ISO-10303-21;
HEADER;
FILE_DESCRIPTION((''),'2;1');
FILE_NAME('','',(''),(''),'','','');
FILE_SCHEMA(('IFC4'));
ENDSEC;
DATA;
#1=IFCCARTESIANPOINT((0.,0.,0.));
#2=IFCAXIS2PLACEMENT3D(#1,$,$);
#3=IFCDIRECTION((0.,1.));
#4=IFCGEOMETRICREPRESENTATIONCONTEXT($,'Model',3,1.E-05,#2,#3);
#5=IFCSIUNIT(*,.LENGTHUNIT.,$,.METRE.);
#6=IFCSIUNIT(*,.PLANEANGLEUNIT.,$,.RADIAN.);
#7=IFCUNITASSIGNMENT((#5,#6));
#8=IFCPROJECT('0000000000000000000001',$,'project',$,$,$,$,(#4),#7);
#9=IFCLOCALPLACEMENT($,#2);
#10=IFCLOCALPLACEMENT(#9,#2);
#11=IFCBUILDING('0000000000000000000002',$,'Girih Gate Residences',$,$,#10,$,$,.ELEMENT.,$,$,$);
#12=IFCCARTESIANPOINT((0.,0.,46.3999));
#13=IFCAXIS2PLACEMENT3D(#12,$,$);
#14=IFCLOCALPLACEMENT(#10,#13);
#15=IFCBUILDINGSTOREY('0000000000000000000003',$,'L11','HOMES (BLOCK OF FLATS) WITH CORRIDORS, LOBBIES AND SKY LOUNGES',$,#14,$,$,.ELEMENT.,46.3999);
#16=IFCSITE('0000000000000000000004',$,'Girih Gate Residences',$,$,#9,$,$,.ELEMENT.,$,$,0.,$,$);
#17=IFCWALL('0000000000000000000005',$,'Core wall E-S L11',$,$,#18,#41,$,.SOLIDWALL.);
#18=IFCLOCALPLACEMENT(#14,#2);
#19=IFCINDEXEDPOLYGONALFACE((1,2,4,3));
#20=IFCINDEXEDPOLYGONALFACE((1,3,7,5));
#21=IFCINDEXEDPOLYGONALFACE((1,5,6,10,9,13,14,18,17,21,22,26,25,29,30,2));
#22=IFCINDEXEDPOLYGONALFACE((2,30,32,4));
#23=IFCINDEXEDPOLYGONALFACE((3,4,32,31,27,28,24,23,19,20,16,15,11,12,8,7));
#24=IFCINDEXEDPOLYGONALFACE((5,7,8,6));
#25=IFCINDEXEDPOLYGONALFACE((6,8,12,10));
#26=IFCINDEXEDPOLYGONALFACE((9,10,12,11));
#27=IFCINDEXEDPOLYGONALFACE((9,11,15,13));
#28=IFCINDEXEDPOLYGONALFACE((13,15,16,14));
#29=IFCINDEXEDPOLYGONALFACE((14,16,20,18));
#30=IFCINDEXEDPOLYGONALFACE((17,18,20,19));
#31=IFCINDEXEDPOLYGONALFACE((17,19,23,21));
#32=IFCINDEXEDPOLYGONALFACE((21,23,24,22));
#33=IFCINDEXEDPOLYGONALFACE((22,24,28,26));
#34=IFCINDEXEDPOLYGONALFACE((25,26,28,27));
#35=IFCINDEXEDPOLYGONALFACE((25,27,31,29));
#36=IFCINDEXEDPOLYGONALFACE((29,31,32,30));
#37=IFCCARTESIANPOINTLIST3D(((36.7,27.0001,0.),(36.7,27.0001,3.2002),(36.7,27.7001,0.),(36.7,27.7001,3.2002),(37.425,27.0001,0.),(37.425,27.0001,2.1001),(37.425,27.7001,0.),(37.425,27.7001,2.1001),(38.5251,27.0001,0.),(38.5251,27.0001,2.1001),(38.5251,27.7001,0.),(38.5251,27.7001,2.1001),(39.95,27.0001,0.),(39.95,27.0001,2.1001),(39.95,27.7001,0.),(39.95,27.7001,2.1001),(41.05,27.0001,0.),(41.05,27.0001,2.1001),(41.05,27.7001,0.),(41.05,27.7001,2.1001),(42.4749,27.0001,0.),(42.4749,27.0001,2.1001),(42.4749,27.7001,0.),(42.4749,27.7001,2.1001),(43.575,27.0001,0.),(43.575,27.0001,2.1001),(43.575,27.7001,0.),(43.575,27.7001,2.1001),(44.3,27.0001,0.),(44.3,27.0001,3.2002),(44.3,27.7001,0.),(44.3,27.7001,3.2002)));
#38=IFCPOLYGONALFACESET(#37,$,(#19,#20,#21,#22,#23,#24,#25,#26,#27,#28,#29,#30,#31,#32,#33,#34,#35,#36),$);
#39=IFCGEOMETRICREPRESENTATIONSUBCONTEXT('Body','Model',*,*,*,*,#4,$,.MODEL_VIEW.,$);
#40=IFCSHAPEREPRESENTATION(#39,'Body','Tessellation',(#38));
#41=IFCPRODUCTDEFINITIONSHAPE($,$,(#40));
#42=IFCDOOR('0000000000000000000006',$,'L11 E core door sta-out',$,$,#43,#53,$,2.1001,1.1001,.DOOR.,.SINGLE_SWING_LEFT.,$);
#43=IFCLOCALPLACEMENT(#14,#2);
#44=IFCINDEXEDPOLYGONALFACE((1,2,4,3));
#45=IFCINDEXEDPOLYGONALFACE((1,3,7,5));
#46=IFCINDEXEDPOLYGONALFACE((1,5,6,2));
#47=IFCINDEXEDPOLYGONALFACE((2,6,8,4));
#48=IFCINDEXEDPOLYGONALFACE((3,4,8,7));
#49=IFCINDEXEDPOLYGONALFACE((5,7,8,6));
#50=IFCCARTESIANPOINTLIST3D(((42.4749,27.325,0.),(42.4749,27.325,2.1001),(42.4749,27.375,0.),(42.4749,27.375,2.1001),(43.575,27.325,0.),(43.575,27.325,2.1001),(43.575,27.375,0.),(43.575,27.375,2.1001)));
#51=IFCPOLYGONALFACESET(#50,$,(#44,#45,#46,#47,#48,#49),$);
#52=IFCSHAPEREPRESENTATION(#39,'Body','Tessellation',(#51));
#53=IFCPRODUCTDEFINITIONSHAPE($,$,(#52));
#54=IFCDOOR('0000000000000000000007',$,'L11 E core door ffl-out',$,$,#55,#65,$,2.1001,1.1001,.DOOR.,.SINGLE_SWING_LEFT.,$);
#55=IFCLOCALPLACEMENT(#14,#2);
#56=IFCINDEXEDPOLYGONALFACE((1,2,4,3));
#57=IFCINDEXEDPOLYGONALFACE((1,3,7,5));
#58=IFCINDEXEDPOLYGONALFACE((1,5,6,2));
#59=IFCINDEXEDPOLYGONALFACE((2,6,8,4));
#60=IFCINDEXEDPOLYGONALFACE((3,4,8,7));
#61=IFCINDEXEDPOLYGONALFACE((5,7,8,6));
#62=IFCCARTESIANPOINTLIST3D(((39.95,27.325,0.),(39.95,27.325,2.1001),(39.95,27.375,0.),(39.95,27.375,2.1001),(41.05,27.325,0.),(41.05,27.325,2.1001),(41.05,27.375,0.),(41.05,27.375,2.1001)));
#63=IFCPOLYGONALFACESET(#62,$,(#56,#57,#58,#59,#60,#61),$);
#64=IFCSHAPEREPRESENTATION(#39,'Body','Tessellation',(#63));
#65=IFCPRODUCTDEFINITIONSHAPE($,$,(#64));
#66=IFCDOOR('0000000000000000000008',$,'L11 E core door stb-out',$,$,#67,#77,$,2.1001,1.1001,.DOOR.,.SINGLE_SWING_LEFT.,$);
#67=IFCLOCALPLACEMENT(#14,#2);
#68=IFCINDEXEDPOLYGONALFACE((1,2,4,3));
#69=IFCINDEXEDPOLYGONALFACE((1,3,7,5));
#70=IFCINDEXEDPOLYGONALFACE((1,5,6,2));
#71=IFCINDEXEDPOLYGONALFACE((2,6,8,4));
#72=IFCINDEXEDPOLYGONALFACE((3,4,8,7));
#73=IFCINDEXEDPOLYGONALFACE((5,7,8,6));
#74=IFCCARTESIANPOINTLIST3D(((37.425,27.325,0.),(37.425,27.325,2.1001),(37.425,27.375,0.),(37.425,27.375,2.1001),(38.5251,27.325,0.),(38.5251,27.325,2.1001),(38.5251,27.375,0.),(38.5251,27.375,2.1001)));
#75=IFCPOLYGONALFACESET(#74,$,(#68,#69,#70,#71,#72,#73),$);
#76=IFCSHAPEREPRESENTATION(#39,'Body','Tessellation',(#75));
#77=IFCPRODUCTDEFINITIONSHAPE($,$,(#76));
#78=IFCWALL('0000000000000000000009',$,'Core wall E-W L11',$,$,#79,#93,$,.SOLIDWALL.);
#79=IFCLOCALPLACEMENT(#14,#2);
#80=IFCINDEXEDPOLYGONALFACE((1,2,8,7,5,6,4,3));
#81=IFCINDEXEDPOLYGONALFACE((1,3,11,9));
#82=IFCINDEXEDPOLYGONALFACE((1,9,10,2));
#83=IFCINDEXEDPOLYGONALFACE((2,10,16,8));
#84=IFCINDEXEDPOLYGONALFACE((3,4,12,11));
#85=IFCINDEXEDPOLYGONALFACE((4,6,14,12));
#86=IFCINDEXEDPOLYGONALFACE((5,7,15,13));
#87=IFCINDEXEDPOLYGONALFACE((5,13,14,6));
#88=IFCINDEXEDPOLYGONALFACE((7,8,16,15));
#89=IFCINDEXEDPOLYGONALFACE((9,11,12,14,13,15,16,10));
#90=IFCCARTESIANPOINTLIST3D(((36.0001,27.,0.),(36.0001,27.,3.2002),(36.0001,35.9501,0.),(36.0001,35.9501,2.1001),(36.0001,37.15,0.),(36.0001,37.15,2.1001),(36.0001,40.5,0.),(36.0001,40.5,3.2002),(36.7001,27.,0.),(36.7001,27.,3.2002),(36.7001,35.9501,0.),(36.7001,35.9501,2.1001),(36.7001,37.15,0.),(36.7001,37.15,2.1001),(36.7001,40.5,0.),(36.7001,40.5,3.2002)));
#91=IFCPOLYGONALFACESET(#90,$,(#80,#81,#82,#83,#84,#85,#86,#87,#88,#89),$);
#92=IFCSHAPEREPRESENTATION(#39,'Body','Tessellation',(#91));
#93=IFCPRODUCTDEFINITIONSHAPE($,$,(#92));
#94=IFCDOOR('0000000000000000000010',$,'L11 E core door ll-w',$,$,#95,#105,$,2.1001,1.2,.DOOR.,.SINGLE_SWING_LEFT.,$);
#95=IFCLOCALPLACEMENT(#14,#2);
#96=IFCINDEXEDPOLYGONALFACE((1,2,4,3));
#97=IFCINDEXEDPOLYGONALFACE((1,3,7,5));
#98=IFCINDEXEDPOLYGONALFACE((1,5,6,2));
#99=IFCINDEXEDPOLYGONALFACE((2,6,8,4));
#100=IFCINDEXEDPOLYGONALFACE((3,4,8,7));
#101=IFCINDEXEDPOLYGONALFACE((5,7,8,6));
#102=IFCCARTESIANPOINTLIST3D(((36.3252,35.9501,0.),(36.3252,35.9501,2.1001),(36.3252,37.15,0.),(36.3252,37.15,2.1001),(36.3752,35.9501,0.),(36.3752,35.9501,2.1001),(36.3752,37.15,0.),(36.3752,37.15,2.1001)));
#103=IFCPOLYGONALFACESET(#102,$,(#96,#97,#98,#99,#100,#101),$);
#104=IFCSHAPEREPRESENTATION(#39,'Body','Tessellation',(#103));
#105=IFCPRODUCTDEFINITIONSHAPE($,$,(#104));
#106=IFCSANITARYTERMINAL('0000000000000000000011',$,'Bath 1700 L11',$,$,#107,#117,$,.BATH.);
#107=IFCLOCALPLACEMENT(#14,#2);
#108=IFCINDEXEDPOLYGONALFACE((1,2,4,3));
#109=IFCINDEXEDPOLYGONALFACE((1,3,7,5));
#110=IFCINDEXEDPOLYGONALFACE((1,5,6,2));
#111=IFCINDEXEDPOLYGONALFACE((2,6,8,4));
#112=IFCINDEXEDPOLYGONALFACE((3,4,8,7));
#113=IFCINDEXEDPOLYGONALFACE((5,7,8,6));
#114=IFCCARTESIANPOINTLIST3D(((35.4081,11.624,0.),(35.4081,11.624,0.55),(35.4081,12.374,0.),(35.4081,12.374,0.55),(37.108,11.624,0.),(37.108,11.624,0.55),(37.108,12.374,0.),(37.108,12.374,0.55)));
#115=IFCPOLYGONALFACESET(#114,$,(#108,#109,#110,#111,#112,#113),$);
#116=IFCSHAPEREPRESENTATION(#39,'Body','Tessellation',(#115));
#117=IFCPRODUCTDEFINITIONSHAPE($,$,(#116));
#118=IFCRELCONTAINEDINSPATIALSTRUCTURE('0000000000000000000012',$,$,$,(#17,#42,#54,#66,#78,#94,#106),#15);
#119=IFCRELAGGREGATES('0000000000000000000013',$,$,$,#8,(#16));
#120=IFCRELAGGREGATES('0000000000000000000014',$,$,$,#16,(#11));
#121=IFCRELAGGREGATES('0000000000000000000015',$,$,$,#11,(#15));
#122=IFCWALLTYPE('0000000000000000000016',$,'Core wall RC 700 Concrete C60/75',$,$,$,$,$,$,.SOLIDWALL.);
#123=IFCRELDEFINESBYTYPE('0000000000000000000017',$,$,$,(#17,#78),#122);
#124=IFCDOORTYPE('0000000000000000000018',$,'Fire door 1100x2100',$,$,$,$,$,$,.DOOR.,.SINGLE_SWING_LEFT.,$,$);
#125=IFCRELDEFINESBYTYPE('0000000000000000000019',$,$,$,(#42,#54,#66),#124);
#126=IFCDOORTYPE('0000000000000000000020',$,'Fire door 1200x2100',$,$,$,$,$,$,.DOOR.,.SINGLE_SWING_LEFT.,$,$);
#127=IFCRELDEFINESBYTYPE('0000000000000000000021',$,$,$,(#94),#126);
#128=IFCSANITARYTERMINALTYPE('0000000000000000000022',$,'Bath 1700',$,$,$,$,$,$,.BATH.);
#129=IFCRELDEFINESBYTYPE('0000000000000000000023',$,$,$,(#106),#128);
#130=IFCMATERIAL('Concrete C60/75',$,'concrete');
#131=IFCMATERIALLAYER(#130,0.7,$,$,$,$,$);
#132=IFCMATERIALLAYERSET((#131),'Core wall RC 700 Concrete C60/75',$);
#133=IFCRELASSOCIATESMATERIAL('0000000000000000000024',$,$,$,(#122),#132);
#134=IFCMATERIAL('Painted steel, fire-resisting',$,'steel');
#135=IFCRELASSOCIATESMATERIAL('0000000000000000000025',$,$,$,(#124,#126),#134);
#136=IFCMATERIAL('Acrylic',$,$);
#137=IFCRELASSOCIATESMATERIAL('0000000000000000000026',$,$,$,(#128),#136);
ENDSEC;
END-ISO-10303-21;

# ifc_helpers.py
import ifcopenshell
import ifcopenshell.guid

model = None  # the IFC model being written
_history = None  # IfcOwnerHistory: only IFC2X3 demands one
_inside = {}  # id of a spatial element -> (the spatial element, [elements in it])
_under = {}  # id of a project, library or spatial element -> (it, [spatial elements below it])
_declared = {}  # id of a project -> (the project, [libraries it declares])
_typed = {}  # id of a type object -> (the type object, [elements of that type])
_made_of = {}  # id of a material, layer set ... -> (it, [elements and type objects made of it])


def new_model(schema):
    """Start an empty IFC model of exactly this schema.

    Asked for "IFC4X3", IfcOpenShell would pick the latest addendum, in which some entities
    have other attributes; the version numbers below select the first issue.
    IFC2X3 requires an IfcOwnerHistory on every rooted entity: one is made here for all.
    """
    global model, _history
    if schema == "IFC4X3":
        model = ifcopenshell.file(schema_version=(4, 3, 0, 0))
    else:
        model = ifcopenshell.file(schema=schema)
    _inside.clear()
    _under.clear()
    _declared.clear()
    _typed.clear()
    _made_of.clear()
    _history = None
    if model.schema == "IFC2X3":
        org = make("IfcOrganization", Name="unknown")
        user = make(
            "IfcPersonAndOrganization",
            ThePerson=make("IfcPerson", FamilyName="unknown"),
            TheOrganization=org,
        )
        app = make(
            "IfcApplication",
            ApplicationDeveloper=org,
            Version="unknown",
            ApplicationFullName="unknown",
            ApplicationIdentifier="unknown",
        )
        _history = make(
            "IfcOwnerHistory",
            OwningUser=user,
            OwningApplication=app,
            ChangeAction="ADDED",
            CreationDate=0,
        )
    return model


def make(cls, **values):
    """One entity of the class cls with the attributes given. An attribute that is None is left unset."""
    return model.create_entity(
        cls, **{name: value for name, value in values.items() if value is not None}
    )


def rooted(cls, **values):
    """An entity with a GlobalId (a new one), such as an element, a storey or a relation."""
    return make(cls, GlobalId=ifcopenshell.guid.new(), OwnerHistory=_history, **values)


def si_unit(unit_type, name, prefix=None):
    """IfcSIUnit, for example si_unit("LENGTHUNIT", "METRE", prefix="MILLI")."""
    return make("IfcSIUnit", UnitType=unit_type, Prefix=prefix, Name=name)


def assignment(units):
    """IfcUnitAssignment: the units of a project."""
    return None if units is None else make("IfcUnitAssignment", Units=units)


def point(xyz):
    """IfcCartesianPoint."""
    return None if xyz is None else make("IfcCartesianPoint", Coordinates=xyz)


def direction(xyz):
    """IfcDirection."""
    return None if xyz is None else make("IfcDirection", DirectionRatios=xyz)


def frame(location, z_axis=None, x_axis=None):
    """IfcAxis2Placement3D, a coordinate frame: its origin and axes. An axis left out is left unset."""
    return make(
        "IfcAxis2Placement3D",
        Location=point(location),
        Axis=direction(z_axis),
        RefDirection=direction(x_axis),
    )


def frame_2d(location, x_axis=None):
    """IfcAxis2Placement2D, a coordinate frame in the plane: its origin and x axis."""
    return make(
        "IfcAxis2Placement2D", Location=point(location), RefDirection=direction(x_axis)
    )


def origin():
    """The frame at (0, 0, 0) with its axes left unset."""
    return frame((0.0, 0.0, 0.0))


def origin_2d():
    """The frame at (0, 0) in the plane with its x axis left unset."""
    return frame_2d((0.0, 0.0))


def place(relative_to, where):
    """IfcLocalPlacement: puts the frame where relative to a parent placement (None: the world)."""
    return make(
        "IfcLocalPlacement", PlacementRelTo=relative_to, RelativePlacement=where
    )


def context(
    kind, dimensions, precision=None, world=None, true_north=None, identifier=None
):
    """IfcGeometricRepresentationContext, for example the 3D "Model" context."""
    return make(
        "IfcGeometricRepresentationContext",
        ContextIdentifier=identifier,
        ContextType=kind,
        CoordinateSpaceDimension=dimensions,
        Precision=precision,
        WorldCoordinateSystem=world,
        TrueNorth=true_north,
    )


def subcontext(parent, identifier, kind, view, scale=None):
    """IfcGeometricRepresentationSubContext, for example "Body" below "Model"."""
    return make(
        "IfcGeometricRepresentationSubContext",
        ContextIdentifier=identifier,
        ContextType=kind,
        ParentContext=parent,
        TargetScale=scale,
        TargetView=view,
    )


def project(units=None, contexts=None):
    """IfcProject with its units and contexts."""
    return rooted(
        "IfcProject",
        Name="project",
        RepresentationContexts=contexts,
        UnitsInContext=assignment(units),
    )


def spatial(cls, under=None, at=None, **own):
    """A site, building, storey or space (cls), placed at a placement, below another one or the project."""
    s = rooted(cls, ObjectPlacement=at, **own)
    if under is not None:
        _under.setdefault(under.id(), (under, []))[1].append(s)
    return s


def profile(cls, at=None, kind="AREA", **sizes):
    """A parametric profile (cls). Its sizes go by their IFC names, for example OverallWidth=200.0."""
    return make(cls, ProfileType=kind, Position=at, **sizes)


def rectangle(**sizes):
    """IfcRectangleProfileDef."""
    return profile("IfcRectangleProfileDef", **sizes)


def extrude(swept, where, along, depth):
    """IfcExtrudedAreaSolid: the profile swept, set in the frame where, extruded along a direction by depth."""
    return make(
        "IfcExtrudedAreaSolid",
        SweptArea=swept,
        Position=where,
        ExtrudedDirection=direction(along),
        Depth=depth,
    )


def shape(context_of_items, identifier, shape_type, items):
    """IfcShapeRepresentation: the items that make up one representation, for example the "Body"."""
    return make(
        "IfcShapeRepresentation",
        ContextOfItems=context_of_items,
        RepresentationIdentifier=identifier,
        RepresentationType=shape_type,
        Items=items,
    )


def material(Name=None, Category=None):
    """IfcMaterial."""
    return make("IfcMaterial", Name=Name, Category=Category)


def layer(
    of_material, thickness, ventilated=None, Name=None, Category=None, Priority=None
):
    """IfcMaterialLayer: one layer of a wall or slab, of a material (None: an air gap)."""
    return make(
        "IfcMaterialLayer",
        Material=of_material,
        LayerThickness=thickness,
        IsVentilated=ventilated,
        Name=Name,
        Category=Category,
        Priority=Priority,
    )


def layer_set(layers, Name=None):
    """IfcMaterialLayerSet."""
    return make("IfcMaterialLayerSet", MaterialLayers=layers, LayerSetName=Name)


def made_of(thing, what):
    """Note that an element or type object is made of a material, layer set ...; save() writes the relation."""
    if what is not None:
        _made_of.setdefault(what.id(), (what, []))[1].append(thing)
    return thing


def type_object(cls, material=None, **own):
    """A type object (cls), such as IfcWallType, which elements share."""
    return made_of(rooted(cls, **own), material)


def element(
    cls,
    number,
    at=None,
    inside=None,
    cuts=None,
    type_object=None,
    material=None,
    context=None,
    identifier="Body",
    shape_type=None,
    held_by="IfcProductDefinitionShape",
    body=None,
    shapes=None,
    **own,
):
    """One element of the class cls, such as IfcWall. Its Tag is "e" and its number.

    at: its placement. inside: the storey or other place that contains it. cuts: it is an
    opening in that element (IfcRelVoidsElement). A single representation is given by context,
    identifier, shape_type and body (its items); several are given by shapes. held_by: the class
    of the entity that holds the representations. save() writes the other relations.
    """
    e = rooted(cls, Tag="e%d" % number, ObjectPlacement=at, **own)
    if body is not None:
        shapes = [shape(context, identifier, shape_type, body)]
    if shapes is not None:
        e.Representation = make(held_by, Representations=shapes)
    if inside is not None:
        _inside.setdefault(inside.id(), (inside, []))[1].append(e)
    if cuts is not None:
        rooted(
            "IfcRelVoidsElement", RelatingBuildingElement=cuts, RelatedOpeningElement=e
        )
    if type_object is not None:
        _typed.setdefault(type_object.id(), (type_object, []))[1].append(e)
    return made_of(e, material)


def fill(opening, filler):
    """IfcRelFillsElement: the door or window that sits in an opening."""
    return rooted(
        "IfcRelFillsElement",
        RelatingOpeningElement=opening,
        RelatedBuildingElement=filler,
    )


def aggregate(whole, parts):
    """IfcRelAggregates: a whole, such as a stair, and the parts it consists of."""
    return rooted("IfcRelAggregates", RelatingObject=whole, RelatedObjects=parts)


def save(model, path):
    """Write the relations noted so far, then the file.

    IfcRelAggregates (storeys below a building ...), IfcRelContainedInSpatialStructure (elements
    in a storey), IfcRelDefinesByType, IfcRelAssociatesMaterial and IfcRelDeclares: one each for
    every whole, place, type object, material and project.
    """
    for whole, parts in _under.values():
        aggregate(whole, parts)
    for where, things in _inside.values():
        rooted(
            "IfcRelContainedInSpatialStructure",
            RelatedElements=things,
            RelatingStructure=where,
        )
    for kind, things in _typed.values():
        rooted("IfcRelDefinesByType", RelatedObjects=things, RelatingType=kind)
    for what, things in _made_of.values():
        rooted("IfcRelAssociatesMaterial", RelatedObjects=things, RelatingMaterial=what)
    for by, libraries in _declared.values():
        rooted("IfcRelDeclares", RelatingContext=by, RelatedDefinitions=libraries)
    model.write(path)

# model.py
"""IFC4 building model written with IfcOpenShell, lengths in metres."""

from ifc_helpers import new_model, si_unit, direction, frame, frame_2d, origin, origin_2d, place, context, subcontext, project, spatial, rectangle, extrude, material, layer, layer_set, type_object, element, fill, save


model = new_model("IFC4")

# Units and contexts
model_context = context("Model", 3, precision=1e-05, world=origin(), true_north=direction((0.0, 1.0)))
body_context = subcontext(model_context, "Body", "Model", "MODEL_VIEW")
ifc_project = project(units=[si_unit("LENGTHUNIT", "METRE"), si_unit("PLANEANGLEUNIT", "RADIAN")], contexts=[model_context])

# Site, building, storey
site_placement = place(None, origin())
site = spatial("IfcSite", under=ifc_project, at=site_placement, Name="Girih Gate Residences", CompositionType="ELEMENT", RefElevation=0.0)
building_placement = place(site_placement, origin())
building = spatial("IfcBuilding", under=site, at=building_placement, Name="Girih Gate Residences", CompositionType="ELEMENT")
storey_placement = place(building_placement, frame((0.0, 0.0, 46.3999)))
storey = spatial("IfcBuildingStorey", under=building, at=storey_placement, Name="L11", Description="HOMES (BLOCK OF FLATS) WITH CORRIDORS, LOBBIES AND SKY LOUNGES", CompositionType="ELEMENT", Elevation=46.3999)

# Shared definitions
ifc_material_1 = material(Name="Concrete C60/75", Category="concrete")

# Wall, openings, doors
ifc_layer_1 = layer(ifc_material_1, 0.7)
ifc_layer_set_1 = layer_set([ifc_layer_1], Name="Core wall RC 700 Concrete C60/75")
wall_type_1 = type_object("IfcWallType", Name="Core wall RC 700 Concrete C60/75", PredefinedType="SOLIDWALL", material=ifc_layer_set_1)
wall_1_placement = place(storey_placement, frame((36.7, 27.3501, 0.0), z_axis=(0.0, 0.0, 1.0), x_axis=(1.0, 0.0, 0.0)))
wall_1 = element("IfcWall", 1, at=wall_1_placement, inside=storey, type_object=wall_type_1, Name="Core wall E-S L11", PredefinedType="SOLIDWALL", context=body_context, shape_type="SweptSolid", body=[
    extrude(rectangle(XDim=7.6001, YDim=0.7, at=frame_2d((3.8, 0.0))), origin(), (0.0, 0.0, 1.0), 3.2002),
])
opening_1_placement = place(wall_1_placement, frame((5.7749, 0.0, 0.0)))
opening_1 = element("IfcOpeningElement", 2, at=opening_1_placement, cuts=wall_1, PredefinedType="OPENING", context=body_context, shape_type="SweptSolid", body=[
    extrude(rectangle(XDim=1.1001, YDim=2.1001, at=frame_2d((0.55, 1.05))), frame((0.0, 0.3599, 0.0), z_axis=(0.0, -1.0, 0.0), x_axis=(1.0, 0.0, 0.0)), (0.0, 0.0, 1.0), 0.72),
])
opening_2_placement = place(wall_1_placement, frame((3.25, 0.0, 0.0)))
opening_2 = element("IfcOpeningElement", 3, at=opening_2_placement, cuts=wall_1, PredefinedType="OPENING", context=body_context, shape_type="SweptSolid", body=[
    extrude(rectangle(XDim=1.1001, YDim=2.1001, at=frame_2d((0.55, 1.05))), frame((0.0, 0.3599, 0.0), z_axis=(0.0, -1.0, 0.0), x_axis=(1.0, 0.0, 0.0)), (0.0, 0.0, 1.0), 0.72),
])
opening_3_placement = place(wall_1_placement, frame((0.7251, 0.0, 0.0)))
opening_3 = element("IfcOpeningElement", 4, at=opening_3_placement, cuts=wall_1, PredefinedType="OPENING", context=body_context, shape_type="SweptSolid", body=[
    extrude(rectangle(XDim=1.1001, YDim=2.1001, at=frame_2d((0.55, 1.05))), frame((0.0, 0.3599, 0.0), z_axis=(0.0, -1.0, 0.0), x_axis=(1.0, 0.0, 0.0)), (0.0, 0.0, 1.0), 0.72),
])
ifc_material_2 = material(Name="Painted steel, fire-resisting", Category="steel")
door_type_1 = type_object("IfcDoorType", Name="Fire door 1100x2100", OperationType="SINGLE_SWING_LEFT", PredefinedType="DOOR", material=ifc_material_2)
door_1_placement = place(opening_1_placement, origin())
door_1 = element("IfcDoor", 5, at=door_1_placement, inside=storey, type_object=door_type_1, Name="L11 E core door sta-out", OperationType="SINGLE_SWING_LEFT", OverallHeight=2.1001, OverallWidth=1.1001, PredefinedType="DOOR", context=body_context, shape_type="SweptSolid", body=[
    extrude(rectangle(XDim=1.1001, YDim=2.1001, at=frame_2d((0.55, 1.05))), frame((0.0, 0.0249, 0.0), z_axis=(0.0, -1.0, 0.0), x_axis=(1.0, 0.0, 0.0)), (0.0, 0.0, 1.0), 0.05),
])
fill(opening_1, door_1)
door_2_placement = place(opening_2_placement, origin())
door_2 = element("IfcDoor", 6, at=door_2_placement, inside=storey, type_object=door_type_1, Name="L11 E core door ffl-out", OperationType="SINGLE_SWING_LEFT", OverallHeight=2.1001, OverallWidth=1.1001, PredefinedType="DOOR", context=body_context, shape_type="SweptSolid", body=[
    extrude(rectangle(XDim=1.1001, YDim=2.1001, at=frame_2d((0.55, 1.05))), frame((0.0, 0.0249, 0.0), z_axis=(0.0, -1.0, 0.0), x_axis=(1.0, 0.0, 0.0)), (0.0, 0.0, 1.0), 0.05),
])
fill(opening_2, door_2)
door_3_placement = place(opening_3_placement, origin())
door_3 = element("IfcDoor", 7, at=door_3_placement, inside=storey, type_object=door_type_1, Name="L11 E core door stb-out", OperationType="SINGLE_SWING_LEFT", OverallHeight=2.1001, OverallWidth=1.1001, PredefinedType="DOOR", context=body_context, shape_type="SweptSolid", body=[
    extrude(rectangle(XDim=1.1001, YDim=2.1001, at=frame_2d((0.55, 1.05))), frame((0.0, 0.0249, 0.0), z_axis=(0.0, -1.0, 0.0), x_axis=(1.0, 0.0, 0.0)), (0.0, 0.0, 1.0), 0.05),
])
fill(opening_3, door_3)

# Wall, opening, door
wall_2_placement = place(storey_placement, frame((36.3501, 27.0, 0.0), z_axis=(0.0, 0.0, 1.0), x_axis=(0.0, 1.0, 0.0)))
wall_2 = element("IfcWall", 8, at=wall_2_placement, inside=storey, type_object=wall_type_1, Name="Core wall E-W L11", PredefinedType="SOLIDWALL", context=body_context, shape_type="SweptSolid", body=[
    extrude(rectangle(XDim=13.5, YDim=0.7, at=frame_2d((6.75, 0.0))), origin(), (0.0, 0.0, 1.0), 3.2002),
])
opening_4_placement = place(wall_2_placement, frame((8.95, 0.0, 0.0)))
opening_4 = element("IfcOpeningElement", 9, at=opening_4_placement, cuts=wall_2, PredefinedType="OPENING", context=body_context, shape_type="SweptSolid", body=[
    extrude(rectangle(XDim=1.2, YDim=2.1001, at=frame_2d((0.6001, 1.05))), frame((0.0, 0.3599, 0.0), z_axis=(0.0, -1.0, 0.0), x_axis=(1.0, 0.0, 0.0)), (0.0, 0.0, 1.0), 0.72),
])
door_type_2 = type_object("IfcDoorType", Name="Fire door 1200x2100", OperationType="SINGLE_SWING_LEFT", PredefinedType="DOOR", material=ifc_material_2)
door_4_placement = place(opening_4_placement, origin())
door_4 = element("IfcDoor", 10, at=door_4_placement, inside=storey, type_object=door_type_2, Name="L11 E core door ll-w", OperationType="SINGLE_SWING_LEFT", OverallHeight=2.1001, OverallWidth=1.2, PredefinedType="DOOR", context=body_context, shape_type="SweptSolid", body=[
    extrude(rectangle(XDim=1.2, YDim=2.1001, at=frame_2d((0.6001, 1.05))), frame((0.0, 0.0249, 0.0), z_axis=(0.0, -1.0, 0.0), x_axis=(1.0, 0.0, 0.0)), (0.0, 0.0, 1.0), 0.05),
])
fill(opening_4, door_4)

# Sanitary terminal
ifc_material_3 = material(Name="Acrylic")
sanitary_terminal_type = type_object("IfcSanitaryTerminalType", Name="Bath 1700", PredefinedType="BATH", material=ifc_material_3)
sanitary_terminal_placement = place(storey_placement, frame((36.2581, 11.999, 0.0), z_axis=(0.0, 0.0, 1.0), x_axis=(1.0, 0.0, 0.0)))
element("IfcSanitaryTerminal", 11, at=sanitary_terminal_placement, inside=storey, type_object=sanitary_terminal_type, Name="Bath 1700 L11", PredefinedType="BATH", context=body_context, shape_type="SweptSolid", body=[
    extrude(rectangle(XDim=1.7, YDim=0.75, at=origin_2d()), origin(), (0.0, 0.0, 1.0), 0.55),
])

save(model, "model.ifc")
